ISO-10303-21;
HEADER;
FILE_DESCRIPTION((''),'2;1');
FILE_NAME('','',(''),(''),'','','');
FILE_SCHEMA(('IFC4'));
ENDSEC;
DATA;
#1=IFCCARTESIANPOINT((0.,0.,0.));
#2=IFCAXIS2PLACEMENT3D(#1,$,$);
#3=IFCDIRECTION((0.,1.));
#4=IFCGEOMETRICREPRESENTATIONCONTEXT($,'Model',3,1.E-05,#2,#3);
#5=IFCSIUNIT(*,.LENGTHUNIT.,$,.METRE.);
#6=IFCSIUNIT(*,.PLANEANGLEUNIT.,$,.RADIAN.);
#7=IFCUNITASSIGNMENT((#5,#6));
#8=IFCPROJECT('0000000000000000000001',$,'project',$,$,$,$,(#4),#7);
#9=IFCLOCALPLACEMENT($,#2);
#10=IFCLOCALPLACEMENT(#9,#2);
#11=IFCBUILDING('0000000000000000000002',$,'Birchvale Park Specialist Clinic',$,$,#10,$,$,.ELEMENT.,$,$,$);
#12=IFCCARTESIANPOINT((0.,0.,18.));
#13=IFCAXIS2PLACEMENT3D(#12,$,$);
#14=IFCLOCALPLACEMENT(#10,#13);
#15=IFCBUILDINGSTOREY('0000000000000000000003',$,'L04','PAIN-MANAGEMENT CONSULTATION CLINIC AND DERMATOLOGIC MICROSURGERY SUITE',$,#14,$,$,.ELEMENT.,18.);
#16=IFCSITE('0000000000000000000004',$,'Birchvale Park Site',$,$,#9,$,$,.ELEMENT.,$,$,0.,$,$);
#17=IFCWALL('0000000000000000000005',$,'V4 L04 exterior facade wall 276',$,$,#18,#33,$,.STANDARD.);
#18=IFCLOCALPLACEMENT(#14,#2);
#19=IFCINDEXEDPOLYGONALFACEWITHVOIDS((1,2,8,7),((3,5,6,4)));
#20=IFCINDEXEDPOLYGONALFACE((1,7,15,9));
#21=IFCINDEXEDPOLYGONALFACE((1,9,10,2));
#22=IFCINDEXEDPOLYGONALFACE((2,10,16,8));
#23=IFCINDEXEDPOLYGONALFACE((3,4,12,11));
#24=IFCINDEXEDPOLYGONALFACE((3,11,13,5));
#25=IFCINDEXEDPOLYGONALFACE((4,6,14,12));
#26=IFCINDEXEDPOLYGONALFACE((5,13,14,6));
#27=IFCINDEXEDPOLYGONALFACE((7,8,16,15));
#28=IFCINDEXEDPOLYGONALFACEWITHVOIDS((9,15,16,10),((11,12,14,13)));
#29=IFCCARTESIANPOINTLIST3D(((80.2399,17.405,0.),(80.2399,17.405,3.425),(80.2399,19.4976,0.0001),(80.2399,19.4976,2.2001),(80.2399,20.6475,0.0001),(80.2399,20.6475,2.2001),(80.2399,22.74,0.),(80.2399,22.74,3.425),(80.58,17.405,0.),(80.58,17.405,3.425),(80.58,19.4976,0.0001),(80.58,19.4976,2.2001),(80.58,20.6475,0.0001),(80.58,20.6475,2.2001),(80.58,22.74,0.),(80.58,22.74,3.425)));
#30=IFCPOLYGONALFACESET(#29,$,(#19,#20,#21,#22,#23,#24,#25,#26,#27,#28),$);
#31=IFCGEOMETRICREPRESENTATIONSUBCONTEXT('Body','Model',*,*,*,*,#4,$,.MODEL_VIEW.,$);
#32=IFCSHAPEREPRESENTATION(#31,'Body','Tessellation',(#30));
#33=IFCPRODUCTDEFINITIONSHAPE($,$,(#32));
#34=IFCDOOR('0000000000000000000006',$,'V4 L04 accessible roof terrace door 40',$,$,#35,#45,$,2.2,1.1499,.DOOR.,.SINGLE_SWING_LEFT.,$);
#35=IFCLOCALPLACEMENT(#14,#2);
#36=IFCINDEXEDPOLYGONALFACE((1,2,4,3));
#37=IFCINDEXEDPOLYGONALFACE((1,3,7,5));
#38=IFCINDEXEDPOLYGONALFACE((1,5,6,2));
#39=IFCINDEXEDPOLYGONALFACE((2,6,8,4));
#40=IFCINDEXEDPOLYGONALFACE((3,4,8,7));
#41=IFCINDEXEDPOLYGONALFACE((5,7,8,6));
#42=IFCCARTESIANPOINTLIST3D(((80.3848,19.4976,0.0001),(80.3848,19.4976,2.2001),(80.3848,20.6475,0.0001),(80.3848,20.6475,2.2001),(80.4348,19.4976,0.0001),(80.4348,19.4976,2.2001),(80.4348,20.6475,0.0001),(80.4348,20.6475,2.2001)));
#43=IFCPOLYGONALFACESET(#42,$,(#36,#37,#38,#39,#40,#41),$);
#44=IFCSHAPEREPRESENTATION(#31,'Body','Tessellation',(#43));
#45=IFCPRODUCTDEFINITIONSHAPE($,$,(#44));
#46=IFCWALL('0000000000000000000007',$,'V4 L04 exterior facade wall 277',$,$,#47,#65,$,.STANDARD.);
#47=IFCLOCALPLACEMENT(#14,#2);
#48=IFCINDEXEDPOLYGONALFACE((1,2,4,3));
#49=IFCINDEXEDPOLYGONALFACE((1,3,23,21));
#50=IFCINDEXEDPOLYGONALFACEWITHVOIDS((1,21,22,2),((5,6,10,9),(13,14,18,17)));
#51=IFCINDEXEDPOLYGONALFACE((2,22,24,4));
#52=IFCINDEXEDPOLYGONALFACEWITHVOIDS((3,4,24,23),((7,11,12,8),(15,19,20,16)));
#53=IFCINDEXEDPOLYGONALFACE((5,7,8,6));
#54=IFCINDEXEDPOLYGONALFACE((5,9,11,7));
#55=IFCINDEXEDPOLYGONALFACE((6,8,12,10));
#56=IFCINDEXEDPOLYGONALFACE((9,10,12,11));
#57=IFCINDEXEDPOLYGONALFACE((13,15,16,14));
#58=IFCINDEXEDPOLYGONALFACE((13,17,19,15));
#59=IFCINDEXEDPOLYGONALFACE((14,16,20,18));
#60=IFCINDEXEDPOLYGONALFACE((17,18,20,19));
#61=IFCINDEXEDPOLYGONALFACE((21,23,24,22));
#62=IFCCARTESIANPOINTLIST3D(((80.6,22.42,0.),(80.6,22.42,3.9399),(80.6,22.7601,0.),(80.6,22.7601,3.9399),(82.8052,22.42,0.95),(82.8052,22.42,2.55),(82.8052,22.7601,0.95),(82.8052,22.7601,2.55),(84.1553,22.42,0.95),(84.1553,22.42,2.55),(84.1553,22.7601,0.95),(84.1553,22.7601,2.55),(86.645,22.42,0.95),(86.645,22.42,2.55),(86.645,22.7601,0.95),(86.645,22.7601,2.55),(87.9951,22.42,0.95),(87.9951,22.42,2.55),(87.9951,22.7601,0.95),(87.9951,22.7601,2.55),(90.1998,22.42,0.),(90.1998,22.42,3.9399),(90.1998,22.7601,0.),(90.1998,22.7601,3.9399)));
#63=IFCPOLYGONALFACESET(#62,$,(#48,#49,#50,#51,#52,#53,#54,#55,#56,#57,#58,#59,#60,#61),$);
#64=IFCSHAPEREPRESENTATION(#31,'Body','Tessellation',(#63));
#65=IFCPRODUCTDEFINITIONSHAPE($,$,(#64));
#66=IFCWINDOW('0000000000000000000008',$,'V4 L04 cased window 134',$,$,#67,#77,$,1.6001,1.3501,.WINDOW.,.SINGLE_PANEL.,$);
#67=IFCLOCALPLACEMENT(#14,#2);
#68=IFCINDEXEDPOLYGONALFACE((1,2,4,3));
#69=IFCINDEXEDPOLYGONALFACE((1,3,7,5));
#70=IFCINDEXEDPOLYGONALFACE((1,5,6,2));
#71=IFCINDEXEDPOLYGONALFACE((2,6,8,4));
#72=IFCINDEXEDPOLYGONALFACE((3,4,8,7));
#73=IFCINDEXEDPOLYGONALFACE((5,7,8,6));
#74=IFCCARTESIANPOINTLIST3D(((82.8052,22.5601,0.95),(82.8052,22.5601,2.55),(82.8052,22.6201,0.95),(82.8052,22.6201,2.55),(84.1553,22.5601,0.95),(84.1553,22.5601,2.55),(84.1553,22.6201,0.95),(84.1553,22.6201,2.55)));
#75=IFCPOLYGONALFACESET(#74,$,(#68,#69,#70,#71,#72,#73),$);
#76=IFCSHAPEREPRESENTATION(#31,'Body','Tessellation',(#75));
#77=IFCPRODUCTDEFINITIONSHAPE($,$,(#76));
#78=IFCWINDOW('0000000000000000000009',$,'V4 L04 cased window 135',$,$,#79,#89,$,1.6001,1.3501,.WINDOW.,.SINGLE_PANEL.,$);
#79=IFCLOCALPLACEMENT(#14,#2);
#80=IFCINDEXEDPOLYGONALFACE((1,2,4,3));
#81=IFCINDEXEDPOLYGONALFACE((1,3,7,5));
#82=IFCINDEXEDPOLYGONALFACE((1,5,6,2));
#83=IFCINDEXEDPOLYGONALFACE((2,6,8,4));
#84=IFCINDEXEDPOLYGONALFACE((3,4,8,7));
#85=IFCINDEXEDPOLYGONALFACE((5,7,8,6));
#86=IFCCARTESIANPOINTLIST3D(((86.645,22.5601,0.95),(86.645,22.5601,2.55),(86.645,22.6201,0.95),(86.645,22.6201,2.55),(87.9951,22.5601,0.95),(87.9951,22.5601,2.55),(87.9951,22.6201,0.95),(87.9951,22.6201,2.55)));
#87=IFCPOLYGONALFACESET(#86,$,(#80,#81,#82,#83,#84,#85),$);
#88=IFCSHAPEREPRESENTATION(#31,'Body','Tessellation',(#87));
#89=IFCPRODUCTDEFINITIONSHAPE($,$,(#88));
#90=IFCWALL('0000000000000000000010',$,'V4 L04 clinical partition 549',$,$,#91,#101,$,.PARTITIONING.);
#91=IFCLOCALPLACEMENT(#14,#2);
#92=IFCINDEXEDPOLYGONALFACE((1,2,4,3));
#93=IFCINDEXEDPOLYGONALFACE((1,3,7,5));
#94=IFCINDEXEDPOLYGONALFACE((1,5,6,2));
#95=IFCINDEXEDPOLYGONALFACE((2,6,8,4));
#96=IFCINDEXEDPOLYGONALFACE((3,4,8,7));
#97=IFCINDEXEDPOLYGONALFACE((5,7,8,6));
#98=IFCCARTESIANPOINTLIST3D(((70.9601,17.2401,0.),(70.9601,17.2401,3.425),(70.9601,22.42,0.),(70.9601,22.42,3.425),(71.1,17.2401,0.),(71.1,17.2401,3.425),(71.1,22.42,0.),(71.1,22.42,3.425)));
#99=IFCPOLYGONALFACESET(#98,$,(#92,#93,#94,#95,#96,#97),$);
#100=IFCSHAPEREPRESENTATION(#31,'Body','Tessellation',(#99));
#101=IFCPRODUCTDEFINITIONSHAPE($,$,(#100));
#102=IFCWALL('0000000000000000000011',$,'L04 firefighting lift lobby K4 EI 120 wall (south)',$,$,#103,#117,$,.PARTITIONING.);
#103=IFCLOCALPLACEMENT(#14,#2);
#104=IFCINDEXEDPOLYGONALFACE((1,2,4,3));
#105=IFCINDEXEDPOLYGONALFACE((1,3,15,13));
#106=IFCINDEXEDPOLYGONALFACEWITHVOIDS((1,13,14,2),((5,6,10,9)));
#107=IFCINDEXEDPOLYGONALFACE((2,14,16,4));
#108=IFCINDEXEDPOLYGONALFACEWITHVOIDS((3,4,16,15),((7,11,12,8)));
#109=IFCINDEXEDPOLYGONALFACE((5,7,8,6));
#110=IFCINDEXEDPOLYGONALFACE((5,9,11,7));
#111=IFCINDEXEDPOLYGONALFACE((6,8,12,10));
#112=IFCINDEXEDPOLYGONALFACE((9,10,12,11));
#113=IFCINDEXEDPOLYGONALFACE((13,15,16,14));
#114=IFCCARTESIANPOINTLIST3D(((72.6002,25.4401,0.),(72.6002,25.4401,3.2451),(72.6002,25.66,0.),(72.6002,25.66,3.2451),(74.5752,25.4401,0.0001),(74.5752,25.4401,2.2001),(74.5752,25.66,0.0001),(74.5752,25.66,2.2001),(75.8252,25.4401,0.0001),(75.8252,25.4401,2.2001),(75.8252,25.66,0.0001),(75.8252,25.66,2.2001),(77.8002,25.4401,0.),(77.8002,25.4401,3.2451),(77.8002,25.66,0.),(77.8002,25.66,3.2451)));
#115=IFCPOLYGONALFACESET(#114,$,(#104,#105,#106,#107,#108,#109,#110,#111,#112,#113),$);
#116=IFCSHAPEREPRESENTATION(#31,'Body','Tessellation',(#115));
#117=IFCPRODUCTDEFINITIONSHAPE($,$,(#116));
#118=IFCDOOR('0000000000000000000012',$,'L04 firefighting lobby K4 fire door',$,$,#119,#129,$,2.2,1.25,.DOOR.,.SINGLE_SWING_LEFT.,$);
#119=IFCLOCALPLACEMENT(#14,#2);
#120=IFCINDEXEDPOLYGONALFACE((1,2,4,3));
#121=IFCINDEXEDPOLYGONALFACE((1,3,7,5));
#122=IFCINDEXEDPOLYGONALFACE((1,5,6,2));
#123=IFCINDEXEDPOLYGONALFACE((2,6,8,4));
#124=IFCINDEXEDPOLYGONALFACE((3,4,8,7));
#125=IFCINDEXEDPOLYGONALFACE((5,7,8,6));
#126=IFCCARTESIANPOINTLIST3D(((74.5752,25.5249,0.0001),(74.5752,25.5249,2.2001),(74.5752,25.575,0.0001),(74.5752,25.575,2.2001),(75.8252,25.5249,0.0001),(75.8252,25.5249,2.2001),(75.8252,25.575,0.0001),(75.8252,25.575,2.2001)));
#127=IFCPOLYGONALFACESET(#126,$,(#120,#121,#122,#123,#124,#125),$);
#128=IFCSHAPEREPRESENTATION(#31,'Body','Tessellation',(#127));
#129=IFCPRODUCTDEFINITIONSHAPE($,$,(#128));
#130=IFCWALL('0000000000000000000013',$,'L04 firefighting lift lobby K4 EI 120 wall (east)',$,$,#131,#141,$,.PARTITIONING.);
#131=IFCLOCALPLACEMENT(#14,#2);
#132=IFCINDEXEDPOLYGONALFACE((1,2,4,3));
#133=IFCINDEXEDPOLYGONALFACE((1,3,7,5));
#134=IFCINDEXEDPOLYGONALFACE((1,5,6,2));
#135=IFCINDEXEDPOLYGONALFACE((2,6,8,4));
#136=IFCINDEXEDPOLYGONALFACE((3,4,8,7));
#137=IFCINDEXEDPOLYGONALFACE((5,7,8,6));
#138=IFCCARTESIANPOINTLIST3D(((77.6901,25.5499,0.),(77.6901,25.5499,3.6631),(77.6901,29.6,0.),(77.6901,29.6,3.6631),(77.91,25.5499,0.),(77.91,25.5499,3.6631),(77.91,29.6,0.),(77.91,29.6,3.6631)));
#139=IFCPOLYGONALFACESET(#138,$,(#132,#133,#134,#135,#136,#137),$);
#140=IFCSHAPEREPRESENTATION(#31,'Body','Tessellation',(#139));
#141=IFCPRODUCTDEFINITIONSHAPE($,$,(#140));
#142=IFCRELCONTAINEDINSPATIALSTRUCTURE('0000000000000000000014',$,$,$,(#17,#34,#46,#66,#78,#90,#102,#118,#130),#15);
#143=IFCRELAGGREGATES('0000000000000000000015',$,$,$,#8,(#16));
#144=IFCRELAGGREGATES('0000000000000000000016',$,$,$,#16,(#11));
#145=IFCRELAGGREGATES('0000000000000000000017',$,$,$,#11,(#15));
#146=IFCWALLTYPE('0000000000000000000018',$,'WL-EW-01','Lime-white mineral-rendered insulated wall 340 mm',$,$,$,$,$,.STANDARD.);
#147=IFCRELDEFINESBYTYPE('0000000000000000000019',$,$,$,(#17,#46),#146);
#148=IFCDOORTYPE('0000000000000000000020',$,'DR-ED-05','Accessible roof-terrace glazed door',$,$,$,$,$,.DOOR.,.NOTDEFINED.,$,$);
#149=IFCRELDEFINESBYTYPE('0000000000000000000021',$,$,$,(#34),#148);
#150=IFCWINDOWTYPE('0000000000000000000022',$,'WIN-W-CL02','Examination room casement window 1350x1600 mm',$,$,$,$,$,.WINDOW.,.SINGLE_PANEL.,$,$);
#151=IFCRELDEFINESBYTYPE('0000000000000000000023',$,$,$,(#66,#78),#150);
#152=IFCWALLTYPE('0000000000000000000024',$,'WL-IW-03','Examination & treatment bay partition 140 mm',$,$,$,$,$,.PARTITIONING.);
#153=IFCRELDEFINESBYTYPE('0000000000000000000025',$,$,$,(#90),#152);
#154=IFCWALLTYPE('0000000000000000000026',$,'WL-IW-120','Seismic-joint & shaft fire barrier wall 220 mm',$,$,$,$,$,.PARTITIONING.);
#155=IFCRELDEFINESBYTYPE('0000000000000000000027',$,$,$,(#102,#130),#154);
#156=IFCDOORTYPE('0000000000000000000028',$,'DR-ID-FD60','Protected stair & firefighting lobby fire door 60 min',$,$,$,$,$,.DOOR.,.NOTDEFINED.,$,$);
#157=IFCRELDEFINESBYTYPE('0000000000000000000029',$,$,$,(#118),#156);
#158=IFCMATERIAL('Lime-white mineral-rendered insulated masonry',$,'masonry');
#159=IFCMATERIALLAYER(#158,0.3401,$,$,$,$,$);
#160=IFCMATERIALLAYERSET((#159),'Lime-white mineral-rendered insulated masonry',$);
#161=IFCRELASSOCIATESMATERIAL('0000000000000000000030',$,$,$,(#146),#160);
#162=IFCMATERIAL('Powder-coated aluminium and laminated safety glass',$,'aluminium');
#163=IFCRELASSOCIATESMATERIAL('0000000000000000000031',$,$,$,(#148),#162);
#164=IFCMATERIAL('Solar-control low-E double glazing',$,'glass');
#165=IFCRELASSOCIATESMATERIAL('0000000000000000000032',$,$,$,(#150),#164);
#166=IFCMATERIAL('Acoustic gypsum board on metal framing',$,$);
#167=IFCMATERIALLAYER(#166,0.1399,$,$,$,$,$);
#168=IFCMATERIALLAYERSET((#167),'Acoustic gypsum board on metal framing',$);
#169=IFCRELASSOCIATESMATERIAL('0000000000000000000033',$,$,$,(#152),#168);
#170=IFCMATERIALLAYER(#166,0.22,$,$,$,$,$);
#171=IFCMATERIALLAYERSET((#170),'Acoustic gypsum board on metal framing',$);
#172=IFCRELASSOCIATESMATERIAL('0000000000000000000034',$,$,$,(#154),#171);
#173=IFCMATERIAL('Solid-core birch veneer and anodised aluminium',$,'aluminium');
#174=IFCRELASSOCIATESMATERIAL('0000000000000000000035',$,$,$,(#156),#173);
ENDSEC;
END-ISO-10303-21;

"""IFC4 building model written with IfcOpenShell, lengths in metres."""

from ifc_helpers import new_model, si_unit, direction, frame, frame_2d, origin, place, context, subcontext, project, spatial, rectangle, extrude, material, layer, layer_set, type_object, element, fill, save


model = new_model("IFC4")

# Units and contexts
model_context = context("Model", 3, precision=1e-05, world=origin(), true_north=direction((0.0, 1.0)))
body_context = subcontext(model_context, "Body", "Model", "MODEL_VIEW")
ifc_project = project(units=[si_unit("LENGTHUNIT", "METRE"), si_unit("PLANEANGLEUNIT", "RADIAN")], contexts=[model_context])

# Site, building, storey
site_placement = place(None, origin())
site = spatial("IfcSite", under=ifc_project, at=site_placement, Name="Birchvale Park Site", CompositionType="ELEMENT", RefElevation=0.0)
building_placement = place(site_placement, origin())
building = spatial("IfcBuilding", under=site, at=building_placement, Name="Birchvale Park Specialist Clinic", CompositionType="ELEMENT")
storey_placement = place(building_placement, frame((0.0, 0.0, 18.0)))
storey = spatial("IfcBuildingStorey", under=building, at=storey_placement, Name="L04", Description="PAIN-MANAGEMENT CONSULTATION CLINIC AND DERMATOLOGIC MICROSURGERY SUITE", CompositionType="ELEMENT", Elevation=18.0)

# Shared definitions
ifc_material_1 = material(Name="Lime-white mineral-rendered insulated masonry", Category="masonry")
ifc_layer_1 = layer(ifc_material_1, 0.3401)
ifc_layer_set_1 = layer_set([ifc_layer_1], Name="Lime-white mineral-rendered insulated masonry")
wall_type_1 = type_object("IfcWallType", Name="WL-EW-01", Description="Lime-white mineral-rendered insulated wall 340 mm", PredefinedType="STANDARD", material=ifc_layer_set_1)
ifc_material_2 = material(Name="Solar-control low-E double glazing", Category="glass")

# Wall, opening, door
wall_1_placement = place(storey_placement, frame((80.4099, 17.405, 0.0), z_axis=(0.0, 0.0, 1.0), x_axis=(0.0, 1.0, 0.0)))
wall_1 = element("IfcWall", 1, at=wall_1_placement, inside=storey, type_object=wall_type_1, Name="V4 L04 exterior facade wall 276", PredefinedType="STANDARD", context=body_context, shape_type="SweptSolid", body=[
    extrude(rectangle(XDim=5.335, YDim=0.3401, at=frame_2d((2.6675, 0.0))), origin(), (0.0, 0.0, 1.0), 3.425),
])
opening_1_placement = place(wall_1_placement, frame((2.0925, 0.0, 0.0)))
opening_1 = element("IfcOpeningElement", 2, at=opening_1_placement, cuts=wall_1, PredefinedType="OPENING", context=body_context, shape_type="SweptSolid", body=[
    extrude(rectangle(XDim=1.1499, YDim=2.2, at=frame_2d((0.575, 1.1001))), frame((0.0, 0.1802, 0.0), z_axis=(0.0, -1.0, 0.0), x_axis=(1.0, 0.0, 0.0)), (0.0, 0.0, 1.0), 0.3601),
])
ifc_material_3 = material(Name="Powder-coated aluminium and laminated safety glass", Category="aluminium")
door_type_1 = type_object("IfcDoorType", Name="DR-ED-05", Description="Accessible roof-terrace glazed door", OperationType="NOTDEFINED", PredefinedType="DOOR", material=ifc_material_3)
door_1_placement = place(opening_1_placement, frame((1.1499, 0.0, 0.0), z_axis=(0.0, 0.0, 1.0), x_axis=(-1.0, 0.0, 0.0)))
door_1 = element("IfcDoor", 3, at=door_1_placement, inside=storey, type_object=door_type_1, Name="V4 L04 accessible roof terrace door 40", OperationType="SINGLE_SWING_LEFT", OverallHeight=2.2, OverallWidth=1.1499, PredefinedType="DOOR", context=body_context, shape_type="SweptSolid", body=[
    extrude(rectangle(XDim=1.1499, YDim=2.2, at=frame_2d((0.575, 1.1001))), frame((0.0, 0.0249, 0.0), z_axis=(0.0, -1.0, 0.0), x_axis=(1.0, 0.0, 0.0)), (0.0, 0.0, 1.0), 0.05),
])
fill(opening_1, door_1)

# Wall, openings, windows
wall_2_placement = place(storey_placement, frame((80.6001, 22.5901, 0.0), z_axis=(0.0, 0.0, 1.0), x_axis=(1.0, 0.0, 0.0)))
wall_2 = element("IfcWall", 4, at=wall_2_placement, inside=storey, type_object=wall_type_1, Name="V4 L04 exterior facade wall 277", PredefinedType="STANDARD", context=body_context, shape_type="SweptSolid", body=[
    extrude(rectangle(XDim=9.5999, YDim=0.3401, at=frame_2d((4.7998, 0.0))), origin(), (0.0, 0.0, 1.0), 3.9399),
])
opening_2_placement = place(wall_2_placement, frame((2.2051, 0.0, 0.95)))
opening_2 = element("IfcOpeningElement", 5, at=opening_2_placement, cuts=wall_2, PredefinedType="OPENING", context=body_context, shape_type="SweptSolid", body=[
    extrude(rectangle(XDim=1.3501, YDim=1.6001, at=frame_2d((0.675, 0.8))), frame((0.0, 0.1802, 0.0), z_axis=(0.0, -1.0, 0.0), x_axis=(1.0, 0.0, 0.0)), (0.0, 0.0, 1.0), 0.3601),
])
opening_3_placement = place(wall_2_placement, frame((6.0449, 0.0, 0.95)))
opening_3 = element("IfcOpeningElement", 6, at=opening_3_placement, cuts=wall_2, PredefinedType="OPENING", context=body_context, shape_type="SweptSolid", body=[
    extrude(rectangle(XDim=1.3501, YDim=1.6001, at=frame_2d((0.675, 0.8))), frame((0.0, 0.1802, 0.0), z_axis=(0.0, -1.0, 0.0), x_axis=(1.0, 0.0, 0.0)), (0.0, 0.0, 1.0), 0.3601),
])
window_type_1 = type_object("IfcWindowType", Name="WIN-W-CL02", Description="Examination room casement window 1350x1600 mm", PartitioningType="SINGLE_PANEL", PredefinedType="WINDOW", material=ifc_material_2)
window_1_placement = place(opening_2_placement, origin())
window_1 = element("IfcWindow", 7, at=window_1_placement, inside=storey, type_object=window_type_1, Name="V4 L04 cased window 134", OverallHeight=1.6001, OverallWidth=1.3501, PartitioningType="SINGLE_PANEL", PredefinedType="WINDOW", context=body_context, shape_type="SweptSolid", body=[
    extrude(rectangle(XDim=1.3501, YDim=1.6001, at=frame_2d((0.675, 0.8))), frame((0.0, 0.03, 0.0), z_axis=(0.0, -1.0, 0.0), x_axis=(1.0, 0.0, 0.0)), (0.0, 0.0, 1.0), 0.0601),
])
fill(opening_2, window_1)
window_2_placement = place(opening_3_placement, origin())
window_2 = element("IfcWindow", 8, at=window_2_placement, inside=storey, type_object=window_type_1, Name="V4 L04 cased window 135", OverallHeight=1.6001, OverallWidth=1.3501, PartitioningType="SINGLE_PANEL", PredefinedType="WINDOW", context=body_context, shape_type="SweptSolid", body=[
    extrude(rectangle(XDim=1.3501, YDim=1.6001, at=frame_2d((0.675, 0.8))), frame((0.0, 0.03, 0.0), z_axis=(0.0, -1.0, 0.0), x_axis=(1.0, 0.0, 0.0)), (0.0, 0.0, 1.0), 0.0601),
])
fill(opening_3, window_2)

# Wall
ifc_material_4 = material(Name="Acoustic gypsum board on metal framing")
ifc_layer_2 = layer(ifc_material_4, 0.1399)
ifc_layer_set_2 = layer_set([ifc_layer_2], Name="Acoustic gypsum board on metal framing")
wall_type_2 = type_object("IfcWallType", Name="WL-IW-03", Description="Examination & treatment bay partition 140 mm", PredefinedType="PARTITIONING", material=ifc_layer_set_2)
wall_3_placement = place(storey_placement, frame((71.03, 22.4199, 0.0), z_axis=(0.0, 0.0, 1.0), x_axis=(0.0, -1.0, 0.0)))
element("IfcWall", 9, at=wall_3_placement, inside=storey, type_object=wall_type_2, Name="V4 L04 clinical partition 549", PredefinedType="PARTITIONING", context=body_context, shape_type="SweptSolid", body=[
    extrude(rectangle(XDim=5.1799, YDim=0.1399, at=frame_2d((2.5898, 0.0))), origin(), (0.0, 0.0, 1.0), 3.425),
])

# Wall, opening, door
ifc_layer_3 = layer(ifc_material_4, 0.22)
ifc_layer_set_3 = layer_set([ifc_layer_3], Name="Acoustic gypsum board on metal framing")
wall_type_3 = type_object("IfcWallType", Name="WL-IW-120", Description="Seismic-joint & shaft fire barrier wall 220 mm", PredefinedType="PARTITIONING", material=ifc_layer_set_3)
wall_4_placement = place(storey_placement, frame((72.6001, 25.55, 0.0), z_axis=(0.0, 0.0, 1.0), x_axis=(1.0, 0.0, 0.0)))
wall_4 = element("IfcWall", 10, at=wall_4_placement, inside=storey, type_object=wall_type_3, Name="L04 firefighting lift lobby K4 EI 120 wall (south)", PredefinedType="PARTITIONING", context=body_context, shape_type="SweptSolid", body=[
    extrude(rectangle(XDim=5.2, YDim=0.22, at=frame_2d((2.6001, 0.0))), origin(), (0.0, 0.0, 1.0), 3.2451),
])
opening_4_placement = place(wall_4_placement, frame((1.9751, 0.0, 0.0)))
opening_4 = element("IfcOpeningElement", 11, at=opening_4_placement, cuts=wall_4, PredefinedType="OPENING", context=body_context, shape_type="SweptSolid", body=[
    extrude(rectangle(XDim=1.25, YDim=2.2, at=frame_2d((0.625, 1.1001))), frame((0.0, 0.1201, 0.0), z_axis=(0.0, -1.0, 0.0), x_axis=(1.0, 0.0, 0.0)), (0.0, 0.0, 1.0), 0.24),
])
ifc_material_5 = material(Name="Solid-core birch veneer and anodised aluminium", Category="aluminium")
door_type_2 = type_object("IfcDoorType", Name="DR-ID-FD60", Description="Protected stair & firefighting lobby fire door 60 min", OperationType="NOTDEFINED", PredefinedType="DOOR", material=ifc_material_5)
door_2_placement = place(opening_4_placement, origin())
door_2 = element("IfcDoor", 12, at=door_2_placement, inside=storey, type_object=door_type_2, Name="L04 firefighting lobby K4 fire door", OperationType="SINGLE_SWING_LEFT", OverallHeight=2.2, OverallWidth=1.25, PredefinedType="DOOR", context=body_context, shape_type="SweptSolid", body=[
    extrude(rectangle(XDim=1.25, YDim=2.2, at=frame_2d((0.625, 1.1001))), frame((0.0, 0.0249, 0.0), z_axis=(0.0, -1.0, 0.0), x_axis=(1.0, 0.0, 0.0)), (0.0, 0.0, 1.0), 0.05),
])
fill(opening_4, door_2)

# Wall
wall_5_placement = place(storey_placement, frame((77.8, 25.55, 0.0), z_axis=(0.0, 0.0, 1.0), x_axis=(0.0, 1.0, 0.0)))
element("IfcWall", 13, at=wall_5_placement, inside=storey, type_object=wall_type_3, Name="L04 firefighting lift lobby K4 EI 120 wall (east)", PredefinedType="PARTITIONING", context=body_context, shape_type="SweptSolid", body=[
    extrude(rectangle(XDim=4.05, YDim=0.22, at=frame_2d((2.0249, 0.0))), origin(), (0.0, 0.0, 1.0), 3.6631),
])

save(model, "model.ifc")
